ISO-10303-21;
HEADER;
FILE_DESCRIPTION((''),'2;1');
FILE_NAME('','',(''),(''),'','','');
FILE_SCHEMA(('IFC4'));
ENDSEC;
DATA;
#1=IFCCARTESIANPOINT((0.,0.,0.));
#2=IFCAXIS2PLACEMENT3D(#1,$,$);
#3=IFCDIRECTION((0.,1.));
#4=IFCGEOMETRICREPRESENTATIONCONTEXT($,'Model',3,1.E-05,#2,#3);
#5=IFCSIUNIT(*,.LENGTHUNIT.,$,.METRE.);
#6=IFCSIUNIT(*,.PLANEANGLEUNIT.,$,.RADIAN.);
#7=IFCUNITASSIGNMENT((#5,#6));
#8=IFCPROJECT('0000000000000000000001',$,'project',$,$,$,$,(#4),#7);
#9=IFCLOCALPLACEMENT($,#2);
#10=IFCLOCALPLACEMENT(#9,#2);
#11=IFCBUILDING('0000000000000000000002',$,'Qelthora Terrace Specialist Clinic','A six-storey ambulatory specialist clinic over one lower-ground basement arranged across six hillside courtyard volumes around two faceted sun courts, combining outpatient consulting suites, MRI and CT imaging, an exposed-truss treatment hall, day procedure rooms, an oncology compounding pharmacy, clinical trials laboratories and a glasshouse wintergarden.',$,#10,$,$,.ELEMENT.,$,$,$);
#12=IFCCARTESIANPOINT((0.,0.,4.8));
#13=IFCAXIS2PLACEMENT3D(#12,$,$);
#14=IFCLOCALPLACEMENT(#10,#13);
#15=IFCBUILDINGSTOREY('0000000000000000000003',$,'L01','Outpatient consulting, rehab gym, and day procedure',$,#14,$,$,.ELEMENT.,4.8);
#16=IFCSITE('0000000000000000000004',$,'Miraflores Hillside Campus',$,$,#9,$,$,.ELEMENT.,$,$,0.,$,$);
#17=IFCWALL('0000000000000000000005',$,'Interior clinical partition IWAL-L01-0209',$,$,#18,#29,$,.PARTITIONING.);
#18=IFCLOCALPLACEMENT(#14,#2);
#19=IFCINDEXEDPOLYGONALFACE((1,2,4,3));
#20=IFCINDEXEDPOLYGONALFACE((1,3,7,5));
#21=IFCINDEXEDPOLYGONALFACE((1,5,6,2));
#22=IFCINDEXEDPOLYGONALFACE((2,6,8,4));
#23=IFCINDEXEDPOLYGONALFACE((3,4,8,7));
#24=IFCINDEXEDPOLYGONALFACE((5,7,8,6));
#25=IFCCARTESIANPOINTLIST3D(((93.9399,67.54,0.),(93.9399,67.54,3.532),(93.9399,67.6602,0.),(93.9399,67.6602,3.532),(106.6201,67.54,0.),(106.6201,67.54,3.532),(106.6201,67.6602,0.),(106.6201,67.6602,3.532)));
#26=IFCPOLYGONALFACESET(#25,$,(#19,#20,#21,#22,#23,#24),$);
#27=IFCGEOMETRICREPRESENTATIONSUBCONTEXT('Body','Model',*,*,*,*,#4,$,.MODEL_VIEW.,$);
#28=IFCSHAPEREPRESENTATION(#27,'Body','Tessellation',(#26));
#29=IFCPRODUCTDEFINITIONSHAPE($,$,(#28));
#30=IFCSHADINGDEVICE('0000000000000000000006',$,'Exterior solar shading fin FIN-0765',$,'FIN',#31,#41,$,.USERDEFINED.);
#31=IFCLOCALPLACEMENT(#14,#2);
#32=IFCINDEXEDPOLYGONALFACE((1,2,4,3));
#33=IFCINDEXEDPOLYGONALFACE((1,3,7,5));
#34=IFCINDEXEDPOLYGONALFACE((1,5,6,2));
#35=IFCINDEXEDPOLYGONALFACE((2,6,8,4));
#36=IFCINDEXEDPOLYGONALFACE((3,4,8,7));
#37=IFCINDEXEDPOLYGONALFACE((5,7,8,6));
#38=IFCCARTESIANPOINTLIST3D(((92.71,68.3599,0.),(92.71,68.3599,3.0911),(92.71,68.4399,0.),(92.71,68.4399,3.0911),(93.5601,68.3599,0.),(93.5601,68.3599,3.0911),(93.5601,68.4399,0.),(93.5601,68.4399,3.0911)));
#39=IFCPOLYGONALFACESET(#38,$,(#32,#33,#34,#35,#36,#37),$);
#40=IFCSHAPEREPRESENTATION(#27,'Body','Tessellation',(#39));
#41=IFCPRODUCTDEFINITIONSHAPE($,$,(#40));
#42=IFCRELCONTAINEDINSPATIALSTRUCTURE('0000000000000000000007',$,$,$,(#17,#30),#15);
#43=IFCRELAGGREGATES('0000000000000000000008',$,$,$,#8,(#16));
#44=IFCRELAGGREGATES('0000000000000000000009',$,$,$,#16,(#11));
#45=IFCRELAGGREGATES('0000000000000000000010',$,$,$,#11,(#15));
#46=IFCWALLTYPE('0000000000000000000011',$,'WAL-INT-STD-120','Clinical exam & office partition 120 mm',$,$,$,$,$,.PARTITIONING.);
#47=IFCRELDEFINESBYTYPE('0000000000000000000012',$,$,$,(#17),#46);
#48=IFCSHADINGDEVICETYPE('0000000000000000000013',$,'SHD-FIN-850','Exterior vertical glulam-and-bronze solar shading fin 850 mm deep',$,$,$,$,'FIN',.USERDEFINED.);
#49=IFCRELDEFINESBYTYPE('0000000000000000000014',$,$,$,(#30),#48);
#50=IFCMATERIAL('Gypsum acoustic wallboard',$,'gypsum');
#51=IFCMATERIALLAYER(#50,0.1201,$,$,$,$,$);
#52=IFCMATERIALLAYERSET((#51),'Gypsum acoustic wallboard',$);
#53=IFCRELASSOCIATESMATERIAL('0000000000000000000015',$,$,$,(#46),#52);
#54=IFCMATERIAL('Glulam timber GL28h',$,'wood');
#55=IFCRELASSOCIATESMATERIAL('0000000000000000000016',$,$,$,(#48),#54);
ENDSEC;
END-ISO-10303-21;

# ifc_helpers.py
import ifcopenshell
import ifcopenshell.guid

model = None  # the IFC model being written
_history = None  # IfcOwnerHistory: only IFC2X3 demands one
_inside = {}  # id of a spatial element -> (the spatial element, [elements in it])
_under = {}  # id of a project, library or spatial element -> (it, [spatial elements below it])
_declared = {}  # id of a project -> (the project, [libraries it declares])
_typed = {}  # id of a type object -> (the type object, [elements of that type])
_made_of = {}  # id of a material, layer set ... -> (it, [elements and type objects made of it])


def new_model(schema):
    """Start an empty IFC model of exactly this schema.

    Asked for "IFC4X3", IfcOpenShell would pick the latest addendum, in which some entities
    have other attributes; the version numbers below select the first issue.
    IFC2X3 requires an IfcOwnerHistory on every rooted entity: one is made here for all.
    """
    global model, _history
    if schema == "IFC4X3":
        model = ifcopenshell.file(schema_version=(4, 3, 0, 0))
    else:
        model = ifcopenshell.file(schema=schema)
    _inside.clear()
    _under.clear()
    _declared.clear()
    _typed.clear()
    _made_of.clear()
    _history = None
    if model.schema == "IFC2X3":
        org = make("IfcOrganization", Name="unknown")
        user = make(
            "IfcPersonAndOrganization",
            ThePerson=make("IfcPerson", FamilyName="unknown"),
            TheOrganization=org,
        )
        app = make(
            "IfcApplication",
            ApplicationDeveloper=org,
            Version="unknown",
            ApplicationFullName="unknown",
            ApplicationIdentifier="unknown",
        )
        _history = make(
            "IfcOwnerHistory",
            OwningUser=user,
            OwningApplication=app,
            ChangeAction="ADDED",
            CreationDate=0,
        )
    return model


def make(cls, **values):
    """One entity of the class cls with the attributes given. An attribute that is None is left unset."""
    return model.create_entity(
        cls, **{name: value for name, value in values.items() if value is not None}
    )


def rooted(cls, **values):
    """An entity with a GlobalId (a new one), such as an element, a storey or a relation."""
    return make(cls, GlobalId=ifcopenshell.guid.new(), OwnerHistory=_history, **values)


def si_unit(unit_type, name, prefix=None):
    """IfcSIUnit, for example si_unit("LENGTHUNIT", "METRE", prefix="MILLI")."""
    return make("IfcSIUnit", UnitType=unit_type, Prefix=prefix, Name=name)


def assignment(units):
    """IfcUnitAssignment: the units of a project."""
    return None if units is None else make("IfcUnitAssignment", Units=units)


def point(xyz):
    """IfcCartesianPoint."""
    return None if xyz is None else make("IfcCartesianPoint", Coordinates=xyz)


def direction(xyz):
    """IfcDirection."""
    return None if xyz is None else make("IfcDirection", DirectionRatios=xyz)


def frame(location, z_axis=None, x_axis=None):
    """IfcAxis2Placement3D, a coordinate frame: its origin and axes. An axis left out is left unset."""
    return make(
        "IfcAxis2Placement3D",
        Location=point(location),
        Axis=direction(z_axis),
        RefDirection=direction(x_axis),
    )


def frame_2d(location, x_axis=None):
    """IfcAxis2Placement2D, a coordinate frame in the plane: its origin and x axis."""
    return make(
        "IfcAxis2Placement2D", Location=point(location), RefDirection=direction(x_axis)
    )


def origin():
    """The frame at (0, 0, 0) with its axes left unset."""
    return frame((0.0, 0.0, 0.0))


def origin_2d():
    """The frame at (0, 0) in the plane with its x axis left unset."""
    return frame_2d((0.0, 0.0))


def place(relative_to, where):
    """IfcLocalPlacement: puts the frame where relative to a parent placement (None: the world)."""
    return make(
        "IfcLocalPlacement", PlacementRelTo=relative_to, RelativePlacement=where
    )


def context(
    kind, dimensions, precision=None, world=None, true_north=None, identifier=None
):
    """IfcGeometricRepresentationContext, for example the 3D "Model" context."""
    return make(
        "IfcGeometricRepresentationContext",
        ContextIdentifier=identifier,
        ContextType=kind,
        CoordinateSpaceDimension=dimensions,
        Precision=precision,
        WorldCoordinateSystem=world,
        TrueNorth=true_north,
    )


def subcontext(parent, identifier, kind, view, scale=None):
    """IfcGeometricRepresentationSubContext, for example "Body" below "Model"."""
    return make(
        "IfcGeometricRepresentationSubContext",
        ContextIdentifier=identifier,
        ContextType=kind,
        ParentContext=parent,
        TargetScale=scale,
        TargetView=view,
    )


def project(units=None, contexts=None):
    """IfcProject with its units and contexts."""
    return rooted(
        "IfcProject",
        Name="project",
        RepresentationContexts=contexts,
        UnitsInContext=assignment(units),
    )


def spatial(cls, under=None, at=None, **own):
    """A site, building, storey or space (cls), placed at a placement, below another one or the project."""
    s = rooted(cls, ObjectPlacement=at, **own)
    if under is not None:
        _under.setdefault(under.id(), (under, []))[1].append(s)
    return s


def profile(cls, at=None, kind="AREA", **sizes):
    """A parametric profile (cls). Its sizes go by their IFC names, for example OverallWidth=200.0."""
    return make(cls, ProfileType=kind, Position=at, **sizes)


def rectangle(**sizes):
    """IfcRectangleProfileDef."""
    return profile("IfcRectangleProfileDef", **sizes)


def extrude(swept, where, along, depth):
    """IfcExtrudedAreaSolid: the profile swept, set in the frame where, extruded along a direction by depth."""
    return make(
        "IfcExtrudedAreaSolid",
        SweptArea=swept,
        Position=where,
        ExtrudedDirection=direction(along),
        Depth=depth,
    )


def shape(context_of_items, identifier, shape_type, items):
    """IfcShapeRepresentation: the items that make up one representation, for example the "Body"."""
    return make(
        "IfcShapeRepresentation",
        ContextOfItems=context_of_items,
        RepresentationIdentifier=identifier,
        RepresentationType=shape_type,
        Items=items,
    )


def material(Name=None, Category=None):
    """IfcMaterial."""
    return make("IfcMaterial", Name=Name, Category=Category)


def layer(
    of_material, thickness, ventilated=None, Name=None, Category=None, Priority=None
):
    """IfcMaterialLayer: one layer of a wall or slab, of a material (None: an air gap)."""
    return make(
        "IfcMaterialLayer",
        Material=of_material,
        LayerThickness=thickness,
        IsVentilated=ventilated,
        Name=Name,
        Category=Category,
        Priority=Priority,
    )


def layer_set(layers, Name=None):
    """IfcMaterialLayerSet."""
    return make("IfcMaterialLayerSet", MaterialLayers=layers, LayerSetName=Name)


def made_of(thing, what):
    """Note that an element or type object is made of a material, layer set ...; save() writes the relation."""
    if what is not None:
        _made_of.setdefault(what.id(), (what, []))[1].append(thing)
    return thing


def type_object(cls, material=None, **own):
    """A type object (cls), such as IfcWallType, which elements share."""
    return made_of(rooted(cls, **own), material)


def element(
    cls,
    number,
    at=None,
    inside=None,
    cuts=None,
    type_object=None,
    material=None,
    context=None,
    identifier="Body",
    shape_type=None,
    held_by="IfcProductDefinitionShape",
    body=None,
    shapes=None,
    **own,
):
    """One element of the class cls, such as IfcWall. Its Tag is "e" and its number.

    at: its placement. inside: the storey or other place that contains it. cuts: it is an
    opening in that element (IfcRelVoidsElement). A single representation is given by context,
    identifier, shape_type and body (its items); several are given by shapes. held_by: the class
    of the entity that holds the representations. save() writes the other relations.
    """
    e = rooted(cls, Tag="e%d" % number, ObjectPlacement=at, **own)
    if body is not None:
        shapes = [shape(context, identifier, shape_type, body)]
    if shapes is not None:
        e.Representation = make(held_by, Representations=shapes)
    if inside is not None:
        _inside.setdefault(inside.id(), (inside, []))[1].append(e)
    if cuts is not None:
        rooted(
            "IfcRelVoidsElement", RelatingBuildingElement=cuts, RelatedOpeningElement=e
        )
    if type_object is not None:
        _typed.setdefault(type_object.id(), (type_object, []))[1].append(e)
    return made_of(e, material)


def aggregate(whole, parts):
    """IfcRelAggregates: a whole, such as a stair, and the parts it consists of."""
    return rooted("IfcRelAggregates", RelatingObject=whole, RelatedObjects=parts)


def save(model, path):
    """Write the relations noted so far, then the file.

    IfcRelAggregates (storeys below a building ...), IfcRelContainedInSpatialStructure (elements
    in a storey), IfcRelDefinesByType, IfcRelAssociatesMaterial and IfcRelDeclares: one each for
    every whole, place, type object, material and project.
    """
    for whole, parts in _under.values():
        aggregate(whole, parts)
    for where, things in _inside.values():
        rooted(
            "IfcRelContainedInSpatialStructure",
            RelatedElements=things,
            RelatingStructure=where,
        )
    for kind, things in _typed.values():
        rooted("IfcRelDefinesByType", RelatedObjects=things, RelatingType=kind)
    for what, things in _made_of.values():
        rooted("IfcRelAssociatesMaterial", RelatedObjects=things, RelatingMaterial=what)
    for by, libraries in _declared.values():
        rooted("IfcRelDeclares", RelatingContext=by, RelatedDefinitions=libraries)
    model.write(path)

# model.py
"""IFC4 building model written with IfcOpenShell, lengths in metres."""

from ifc_helpers import new_model, si_unit, direction, frame, frame_2d, origin, origin_2d, place, context, subcontext, project, spatial, rectangle, extrude, material, layer, layer_set, type_object, element, save


model = new_model("IFC4")

# Units and contexts
model_context = context("Model", 3, precision=1e-05, world=origin(), true_north=direction((0.0, 1.0)))
body_context = subcontext(model_context, "Body", "Model", "MODEL_VIEW")
ifc_project = project(units=[si_unit("LENGTHUNIT", "METRE"), si_unit("PLANEANGLEUNIT", "RADIAN")], contexts=[model_context])

# Site, building, storey
site_placement = place(None, origin())
site = spatial("IfcSite", under=ifc_project, at=site_placement, Name="Miraflores Hillside Campus", CompositionType="ELEMENT", RefElevation=0.0)
building_placement = place(site_placement, origin())
building = spatial("IfcBuilding", under=site, at=building_placement, Name="Qelthora Terrace Specialist Clinic", Description="A six-storey ambulatory specialist clinic over one lower-ground basement arranged across six hillside courtyard volumes around two faceted sun courts, combining outpatient consulting suites, MRI and CT imaging, an exposed-truss treatment hall, day procedure rooms, an oncology compounding pharmacy, clinical trials laboratories and a glasshouse wintergarden.", CompositionType="ELEMENT")
storey_placement = place(building_placement, frame((0.0, 0.0, 4.8)))
storey = spatial("IfcBuildingStorey", under=building, at=storey_placement, Name="L01", Description="Outpatient consulting, rehab gym, and day procedure", CompositionType="ELEMENT", Elevation=4.8)

# Wall
ifc_material_1 = material(Name="Gypsum acoustic wallboard", Category="gypsum")
ifc_layer_1 = layer(ifc_material_1, 0.1201)
ifc_layer_set_1 = layer_set([ifc_layer_1], Name="Gypsum acoustic wallboard")
wall_type_1 = type_object("IfcWallType", Name="WAL-INT-STD-120", Description="Clinical exam & office partition 120 mm", PredefinedType="PARTITIONING", material=ifc_layer_set_1)
wall_1_placement = place(storey_placement, frame((106.6201, 67.6001, 0.0), z_axis=(0.0, 0.0, 1.0), x_axis=(-1.0, 0.0, 0.0)))
element("IfcWall", 1, at=wall_1_placement, inside=storey, type_object=wall_type_1, Name="Interior clinical partition IWAL-L01-0209", PredefinedType="PARTITIONING", context=body_context, shape_type="SweptSolid", body=[
    extrude(rectangle(XDim=12.6802, YDim=0.1201, at=frame_2d((6.3401, 0.0))), origin(), (0.0, 0.0, 1.0), 3.532),
])

# Shading device
ifc_material_2 = material(Name="Glulam timber GL28h", Category="wood")
shading_device_type = type_object("IfcShadingDeviceType", Name="SHD-FIN-850", Description="Exterior vertical glulam-and-bronze solar shading fin 850 mm deep", ElementType="FIN", PredefinedType="USERDEFINED", material=ifc_material_2)
shading_device_placement = place(storey_placement, frame((93.135, 68.3999, 0.0), z_axis=(0.0, 0.0, 1.0), x_axis=(-1.0, 0.0, 0.0)))
element("IfcShadingDevice", 2, at=shading_device_placement, inside=storey, type_object=shading_device_type, Name="Exterior solar shading fin FIN-0765", ObjectType="FIN", PredefinedType="USERDEFINED", context=body_context, shape_type="SweptSolid", body=[
    extrude(rectangle(XDim=0.8501, YDim=0.0801, at=origin_2d()), origin(), (0.0, 0.0, 1.0), 3.0911),
])

save(model, "model.ifc")
